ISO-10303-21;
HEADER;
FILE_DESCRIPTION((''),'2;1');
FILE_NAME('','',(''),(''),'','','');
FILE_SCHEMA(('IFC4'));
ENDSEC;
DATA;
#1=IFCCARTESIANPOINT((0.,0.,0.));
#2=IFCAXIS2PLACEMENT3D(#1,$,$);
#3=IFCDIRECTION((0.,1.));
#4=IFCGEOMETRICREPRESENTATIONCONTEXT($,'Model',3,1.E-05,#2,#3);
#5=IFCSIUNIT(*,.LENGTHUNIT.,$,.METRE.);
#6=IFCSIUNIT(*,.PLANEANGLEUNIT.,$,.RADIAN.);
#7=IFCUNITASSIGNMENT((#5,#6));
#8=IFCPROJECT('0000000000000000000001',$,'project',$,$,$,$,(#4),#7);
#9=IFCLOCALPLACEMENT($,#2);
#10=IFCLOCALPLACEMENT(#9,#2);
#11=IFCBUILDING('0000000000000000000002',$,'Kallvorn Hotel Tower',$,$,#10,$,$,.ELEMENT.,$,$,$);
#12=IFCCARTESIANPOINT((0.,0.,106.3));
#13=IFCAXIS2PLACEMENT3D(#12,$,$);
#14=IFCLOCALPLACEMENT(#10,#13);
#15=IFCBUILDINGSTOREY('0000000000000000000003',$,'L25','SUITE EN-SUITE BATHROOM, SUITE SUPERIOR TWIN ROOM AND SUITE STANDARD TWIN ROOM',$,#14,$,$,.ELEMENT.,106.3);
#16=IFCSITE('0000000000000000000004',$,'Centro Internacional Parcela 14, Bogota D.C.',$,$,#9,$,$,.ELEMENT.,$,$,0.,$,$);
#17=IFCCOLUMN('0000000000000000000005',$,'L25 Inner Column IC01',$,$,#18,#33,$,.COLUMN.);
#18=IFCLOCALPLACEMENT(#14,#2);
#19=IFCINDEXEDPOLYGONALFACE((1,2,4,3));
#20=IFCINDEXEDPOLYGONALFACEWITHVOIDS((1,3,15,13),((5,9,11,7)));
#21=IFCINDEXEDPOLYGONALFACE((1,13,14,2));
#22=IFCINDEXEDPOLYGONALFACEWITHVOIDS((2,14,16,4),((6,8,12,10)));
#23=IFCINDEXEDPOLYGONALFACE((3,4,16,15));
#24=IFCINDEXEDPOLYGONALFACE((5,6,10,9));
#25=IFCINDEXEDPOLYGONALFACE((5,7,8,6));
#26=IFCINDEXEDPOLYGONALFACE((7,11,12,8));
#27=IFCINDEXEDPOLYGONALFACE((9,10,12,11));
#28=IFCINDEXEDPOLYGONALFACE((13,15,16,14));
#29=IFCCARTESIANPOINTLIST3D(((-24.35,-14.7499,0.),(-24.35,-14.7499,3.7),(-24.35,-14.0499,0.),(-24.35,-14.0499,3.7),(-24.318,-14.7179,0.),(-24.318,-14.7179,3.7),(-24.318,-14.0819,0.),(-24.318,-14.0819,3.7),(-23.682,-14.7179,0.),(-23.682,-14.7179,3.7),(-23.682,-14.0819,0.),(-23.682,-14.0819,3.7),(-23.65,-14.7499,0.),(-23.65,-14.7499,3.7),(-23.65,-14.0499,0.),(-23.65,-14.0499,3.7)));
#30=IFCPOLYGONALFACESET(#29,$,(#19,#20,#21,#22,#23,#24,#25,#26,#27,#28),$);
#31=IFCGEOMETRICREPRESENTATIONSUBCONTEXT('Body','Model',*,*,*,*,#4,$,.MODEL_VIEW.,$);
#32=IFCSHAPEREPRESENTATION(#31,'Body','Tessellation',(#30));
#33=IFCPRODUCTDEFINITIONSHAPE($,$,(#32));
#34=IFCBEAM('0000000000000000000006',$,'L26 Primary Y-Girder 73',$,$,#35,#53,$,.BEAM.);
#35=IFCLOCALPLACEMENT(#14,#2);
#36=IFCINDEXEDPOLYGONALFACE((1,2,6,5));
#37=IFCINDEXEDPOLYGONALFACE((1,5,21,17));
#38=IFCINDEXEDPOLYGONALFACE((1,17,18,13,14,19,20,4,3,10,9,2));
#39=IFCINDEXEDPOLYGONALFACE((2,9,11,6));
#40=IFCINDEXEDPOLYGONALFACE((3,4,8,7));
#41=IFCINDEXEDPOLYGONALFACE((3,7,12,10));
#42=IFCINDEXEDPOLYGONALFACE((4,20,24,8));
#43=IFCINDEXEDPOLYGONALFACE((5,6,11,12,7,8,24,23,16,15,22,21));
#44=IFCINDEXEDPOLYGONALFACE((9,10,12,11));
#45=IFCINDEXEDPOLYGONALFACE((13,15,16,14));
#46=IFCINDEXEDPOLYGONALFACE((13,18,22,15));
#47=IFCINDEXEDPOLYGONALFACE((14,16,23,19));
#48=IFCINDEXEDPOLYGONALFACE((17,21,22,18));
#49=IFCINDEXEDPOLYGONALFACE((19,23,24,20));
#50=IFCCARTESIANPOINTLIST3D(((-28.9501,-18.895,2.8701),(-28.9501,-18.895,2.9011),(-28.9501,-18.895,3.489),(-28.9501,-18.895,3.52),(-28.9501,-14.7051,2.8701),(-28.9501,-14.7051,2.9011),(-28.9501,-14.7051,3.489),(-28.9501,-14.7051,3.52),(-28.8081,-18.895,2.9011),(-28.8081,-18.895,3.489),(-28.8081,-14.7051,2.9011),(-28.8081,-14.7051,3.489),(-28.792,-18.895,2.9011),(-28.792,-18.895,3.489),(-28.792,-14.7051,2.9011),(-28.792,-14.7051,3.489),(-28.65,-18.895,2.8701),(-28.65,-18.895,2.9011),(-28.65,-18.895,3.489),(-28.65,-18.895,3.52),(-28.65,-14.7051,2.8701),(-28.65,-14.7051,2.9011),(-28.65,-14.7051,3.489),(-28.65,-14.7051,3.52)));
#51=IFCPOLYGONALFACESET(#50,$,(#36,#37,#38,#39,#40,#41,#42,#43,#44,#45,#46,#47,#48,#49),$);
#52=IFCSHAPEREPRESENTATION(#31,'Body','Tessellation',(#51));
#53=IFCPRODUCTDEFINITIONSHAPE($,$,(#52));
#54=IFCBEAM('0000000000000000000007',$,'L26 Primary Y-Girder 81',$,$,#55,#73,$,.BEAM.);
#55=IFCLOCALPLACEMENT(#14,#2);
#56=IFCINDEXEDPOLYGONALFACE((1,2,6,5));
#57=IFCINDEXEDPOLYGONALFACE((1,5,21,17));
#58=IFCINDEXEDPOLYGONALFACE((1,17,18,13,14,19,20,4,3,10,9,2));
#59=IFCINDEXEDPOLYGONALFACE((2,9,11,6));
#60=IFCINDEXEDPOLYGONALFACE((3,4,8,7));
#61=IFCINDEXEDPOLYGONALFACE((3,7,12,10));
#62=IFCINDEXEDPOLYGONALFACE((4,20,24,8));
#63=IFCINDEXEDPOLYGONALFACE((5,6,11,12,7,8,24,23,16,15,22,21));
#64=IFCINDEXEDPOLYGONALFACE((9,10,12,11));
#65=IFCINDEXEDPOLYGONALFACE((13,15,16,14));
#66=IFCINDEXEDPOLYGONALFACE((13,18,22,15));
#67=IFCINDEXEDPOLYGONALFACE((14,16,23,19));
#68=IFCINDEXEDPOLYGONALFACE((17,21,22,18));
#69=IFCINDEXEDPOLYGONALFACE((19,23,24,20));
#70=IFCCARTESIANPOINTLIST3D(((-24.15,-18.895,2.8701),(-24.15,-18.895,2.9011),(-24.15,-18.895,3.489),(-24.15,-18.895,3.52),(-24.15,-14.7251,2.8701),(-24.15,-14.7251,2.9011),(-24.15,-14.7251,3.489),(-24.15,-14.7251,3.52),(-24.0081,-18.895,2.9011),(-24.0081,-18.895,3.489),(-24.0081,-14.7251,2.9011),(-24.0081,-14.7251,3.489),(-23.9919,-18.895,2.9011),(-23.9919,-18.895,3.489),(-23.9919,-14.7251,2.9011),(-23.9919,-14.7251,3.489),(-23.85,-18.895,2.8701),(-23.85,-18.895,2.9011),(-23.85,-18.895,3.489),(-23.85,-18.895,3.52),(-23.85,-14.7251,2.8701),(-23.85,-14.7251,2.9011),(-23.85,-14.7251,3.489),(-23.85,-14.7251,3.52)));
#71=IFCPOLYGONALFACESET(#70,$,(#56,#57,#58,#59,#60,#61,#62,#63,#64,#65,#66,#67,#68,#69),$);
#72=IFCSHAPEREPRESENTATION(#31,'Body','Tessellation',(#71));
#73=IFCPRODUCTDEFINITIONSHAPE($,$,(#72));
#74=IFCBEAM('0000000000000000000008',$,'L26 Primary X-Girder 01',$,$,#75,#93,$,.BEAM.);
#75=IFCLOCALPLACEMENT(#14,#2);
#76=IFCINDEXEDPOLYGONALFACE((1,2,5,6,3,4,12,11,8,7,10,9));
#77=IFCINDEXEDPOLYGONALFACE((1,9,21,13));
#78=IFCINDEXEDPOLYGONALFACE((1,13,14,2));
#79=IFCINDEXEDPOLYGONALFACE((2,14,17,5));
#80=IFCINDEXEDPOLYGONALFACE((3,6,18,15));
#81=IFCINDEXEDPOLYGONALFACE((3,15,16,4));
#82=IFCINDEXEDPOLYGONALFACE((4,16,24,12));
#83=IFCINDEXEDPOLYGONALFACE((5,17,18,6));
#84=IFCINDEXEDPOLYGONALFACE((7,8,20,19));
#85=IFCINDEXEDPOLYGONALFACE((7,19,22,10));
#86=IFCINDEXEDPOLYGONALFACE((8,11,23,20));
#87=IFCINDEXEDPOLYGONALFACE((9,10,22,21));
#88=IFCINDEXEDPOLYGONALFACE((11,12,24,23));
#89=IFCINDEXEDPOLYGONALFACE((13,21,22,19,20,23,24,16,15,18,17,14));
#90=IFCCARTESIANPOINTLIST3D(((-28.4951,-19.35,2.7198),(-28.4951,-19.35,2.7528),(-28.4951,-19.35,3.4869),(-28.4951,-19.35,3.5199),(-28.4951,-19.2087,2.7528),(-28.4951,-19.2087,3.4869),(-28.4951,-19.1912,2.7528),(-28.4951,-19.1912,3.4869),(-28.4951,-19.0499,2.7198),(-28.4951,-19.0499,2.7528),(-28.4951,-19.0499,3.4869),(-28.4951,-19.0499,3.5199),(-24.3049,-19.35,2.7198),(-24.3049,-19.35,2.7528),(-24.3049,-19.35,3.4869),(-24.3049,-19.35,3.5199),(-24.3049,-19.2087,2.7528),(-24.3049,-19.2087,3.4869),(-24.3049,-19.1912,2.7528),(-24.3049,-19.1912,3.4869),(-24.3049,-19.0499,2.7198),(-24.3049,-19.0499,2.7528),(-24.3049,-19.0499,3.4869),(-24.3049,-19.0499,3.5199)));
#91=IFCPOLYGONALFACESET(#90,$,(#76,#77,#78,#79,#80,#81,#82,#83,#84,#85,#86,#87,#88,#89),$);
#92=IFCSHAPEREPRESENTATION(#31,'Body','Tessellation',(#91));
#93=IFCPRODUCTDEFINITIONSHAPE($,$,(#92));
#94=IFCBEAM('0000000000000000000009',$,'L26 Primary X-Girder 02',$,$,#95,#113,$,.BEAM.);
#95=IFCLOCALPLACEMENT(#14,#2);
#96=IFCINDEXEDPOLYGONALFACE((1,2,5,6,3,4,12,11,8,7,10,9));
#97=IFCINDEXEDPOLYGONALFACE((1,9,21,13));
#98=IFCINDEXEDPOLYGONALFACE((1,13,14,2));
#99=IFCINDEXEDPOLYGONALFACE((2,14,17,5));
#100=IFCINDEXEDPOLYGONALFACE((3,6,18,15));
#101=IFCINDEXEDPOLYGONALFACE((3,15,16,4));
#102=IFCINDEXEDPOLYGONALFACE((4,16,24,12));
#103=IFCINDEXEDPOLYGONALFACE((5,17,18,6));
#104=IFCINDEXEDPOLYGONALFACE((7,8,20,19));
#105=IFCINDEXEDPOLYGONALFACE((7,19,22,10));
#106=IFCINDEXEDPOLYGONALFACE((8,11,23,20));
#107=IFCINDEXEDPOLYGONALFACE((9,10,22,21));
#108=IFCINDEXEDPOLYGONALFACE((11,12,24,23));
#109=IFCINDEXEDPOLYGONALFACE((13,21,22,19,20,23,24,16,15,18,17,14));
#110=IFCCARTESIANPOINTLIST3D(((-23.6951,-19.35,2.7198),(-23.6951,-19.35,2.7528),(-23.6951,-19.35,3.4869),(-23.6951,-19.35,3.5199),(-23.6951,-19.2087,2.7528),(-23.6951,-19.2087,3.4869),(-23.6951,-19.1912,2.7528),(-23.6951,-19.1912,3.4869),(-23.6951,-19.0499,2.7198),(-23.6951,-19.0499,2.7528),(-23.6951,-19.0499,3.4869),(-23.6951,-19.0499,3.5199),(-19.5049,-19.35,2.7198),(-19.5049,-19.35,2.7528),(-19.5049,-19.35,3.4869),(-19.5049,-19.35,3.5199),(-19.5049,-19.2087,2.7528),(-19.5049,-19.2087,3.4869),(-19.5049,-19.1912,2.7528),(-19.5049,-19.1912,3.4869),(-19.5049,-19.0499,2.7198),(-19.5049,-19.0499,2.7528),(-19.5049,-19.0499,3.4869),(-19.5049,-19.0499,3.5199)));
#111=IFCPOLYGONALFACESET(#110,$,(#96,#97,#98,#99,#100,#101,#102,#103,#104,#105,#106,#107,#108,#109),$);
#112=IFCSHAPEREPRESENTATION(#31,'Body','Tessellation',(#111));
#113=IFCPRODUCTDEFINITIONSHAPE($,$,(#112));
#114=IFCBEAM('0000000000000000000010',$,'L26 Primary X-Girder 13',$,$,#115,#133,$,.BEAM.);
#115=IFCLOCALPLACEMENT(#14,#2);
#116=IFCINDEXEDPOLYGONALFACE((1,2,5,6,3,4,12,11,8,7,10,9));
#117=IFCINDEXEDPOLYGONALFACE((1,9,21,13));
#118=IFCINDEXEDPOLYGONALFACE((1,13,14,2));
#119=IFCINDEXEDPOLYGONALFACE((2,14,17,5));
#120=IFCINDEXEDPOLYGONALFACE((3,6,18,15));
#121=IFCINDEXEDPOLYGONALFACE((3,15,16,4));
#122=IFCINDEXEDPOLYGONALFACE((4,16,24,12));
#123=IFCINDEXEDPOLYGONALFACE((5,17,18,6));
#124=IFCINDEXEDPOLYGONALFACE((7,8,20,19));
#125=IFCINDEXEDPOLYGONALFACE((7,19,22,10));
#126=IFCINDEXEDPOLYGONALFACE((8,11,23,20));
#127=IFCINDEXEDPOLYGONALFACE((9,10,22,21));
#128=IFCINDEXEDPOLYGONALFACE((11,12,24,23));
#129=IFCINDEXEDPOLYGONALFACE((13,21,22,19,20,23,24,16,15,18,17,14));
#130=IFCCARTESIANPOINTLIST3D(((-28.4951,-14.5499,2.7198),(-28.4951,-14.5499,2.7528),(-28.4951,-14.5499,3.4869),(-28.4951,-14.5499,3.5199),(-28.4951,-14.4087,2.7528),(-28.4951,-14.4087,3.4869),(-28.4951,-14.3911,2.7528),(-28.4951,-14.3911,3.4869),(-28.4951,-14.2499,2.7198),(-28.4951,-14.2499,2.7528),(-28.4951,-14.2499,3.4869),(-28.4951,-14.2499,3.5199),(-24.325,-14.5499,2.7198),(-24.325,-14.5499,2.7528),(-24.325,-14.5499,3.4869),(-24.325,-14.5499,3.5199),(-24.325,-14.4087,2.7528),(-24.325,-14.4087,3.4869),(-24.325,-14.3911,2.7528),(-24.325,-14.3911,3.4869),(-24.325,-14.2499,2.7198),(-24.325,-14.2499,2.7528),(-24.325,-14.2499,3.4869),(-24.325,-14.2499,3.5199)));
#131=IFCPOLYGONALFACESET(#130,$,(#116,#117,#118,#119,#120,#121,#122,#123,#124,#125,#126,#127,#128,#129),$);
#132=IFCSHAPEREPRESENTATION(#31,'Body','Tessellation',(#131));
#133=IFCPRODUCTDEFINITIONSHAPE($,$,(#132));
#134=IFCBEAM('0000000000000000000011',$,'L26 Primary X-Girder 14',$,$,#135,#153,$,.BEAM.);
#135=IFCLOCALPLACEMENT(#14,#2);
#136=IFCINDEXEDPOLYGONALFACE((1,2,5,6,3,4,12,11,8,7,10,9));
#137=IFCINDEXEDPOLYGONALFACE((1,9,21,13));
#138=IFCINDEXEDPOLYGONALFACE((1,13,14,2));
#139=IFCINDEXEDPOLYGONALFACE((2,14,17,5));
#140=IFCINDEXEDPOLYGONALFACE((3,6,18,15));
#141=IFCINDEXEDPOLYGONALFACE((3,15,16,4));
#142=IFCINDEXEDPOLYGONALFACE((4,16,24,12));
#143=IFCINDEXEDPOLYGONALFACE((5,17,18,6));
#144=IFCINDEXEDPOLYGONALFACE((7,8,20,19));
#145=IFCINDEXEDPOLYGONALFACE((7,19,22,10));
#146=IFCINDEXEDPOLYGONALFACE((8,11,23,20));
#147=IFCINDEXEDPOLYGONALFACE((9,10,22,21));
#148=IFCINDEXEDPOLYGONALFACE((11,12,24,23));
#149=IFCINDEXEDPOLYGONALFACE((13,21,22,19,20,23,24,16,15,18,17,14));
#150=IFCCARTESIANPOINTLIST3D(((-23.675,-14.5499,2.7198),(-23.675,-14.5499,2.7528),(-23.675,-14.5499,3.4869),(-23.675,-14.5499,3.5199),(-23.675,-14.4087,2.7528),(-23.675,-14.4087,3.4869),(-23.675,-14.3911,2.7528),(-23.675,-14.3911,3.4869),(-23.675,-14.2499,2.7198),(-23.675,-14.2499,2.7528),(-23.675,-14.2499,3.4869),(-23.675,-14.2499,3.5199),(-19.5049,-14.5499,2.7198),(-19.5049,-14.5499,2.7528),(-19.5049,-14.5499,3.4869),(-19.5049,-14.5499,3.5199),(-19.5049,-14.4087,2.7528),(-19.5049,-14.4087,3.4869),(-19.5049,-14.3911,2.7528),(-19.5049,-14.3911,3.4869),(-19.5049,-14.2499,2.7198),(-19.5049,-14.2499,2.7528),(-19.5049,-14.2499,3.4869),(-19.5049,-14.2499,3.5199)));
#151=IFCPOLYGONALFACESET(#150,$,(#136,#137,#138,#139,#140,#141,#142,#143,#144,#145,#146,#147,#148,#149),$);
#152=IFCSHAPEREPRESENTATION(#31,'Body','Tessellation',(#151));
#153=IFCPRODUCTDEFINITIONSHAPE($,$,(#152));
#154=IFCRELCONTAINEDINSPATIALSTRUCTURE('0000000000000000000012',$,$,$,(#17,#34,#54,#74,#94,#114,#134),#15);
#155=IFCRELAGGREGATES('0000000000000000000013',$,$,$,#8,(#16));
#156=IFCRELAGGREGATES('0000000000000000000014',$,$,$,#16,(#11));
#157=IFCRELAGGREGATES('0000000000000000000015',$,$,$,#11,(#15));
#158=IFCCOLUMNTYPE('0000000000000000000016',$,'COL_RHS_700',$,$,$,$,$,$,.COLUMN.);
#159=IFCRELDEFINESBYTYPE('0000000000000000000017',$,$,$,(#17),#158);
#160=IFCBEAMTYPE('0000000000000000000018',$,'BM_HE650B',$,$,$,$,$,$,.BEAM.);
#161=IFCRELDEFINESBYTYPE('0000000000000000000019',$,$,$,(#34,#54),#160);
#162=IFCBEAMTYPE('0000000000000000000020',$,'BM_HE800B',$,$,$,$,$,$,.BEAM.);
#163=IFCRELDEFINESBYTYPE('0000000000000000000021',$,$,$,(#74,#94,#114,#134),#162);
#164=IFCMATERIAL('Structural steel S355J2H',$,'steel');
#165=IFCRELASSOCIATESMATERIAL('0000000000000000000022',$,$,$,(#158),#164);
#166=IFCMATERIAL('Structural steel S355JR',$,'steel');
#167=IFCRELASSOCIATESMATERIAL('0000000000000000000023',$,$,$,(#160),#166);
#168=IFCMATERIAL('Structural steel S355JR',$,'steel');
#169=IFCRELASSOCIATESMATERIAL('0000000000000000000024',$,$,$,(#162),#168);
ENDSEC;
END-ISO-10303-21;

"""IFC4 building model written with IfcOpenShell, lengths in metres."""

from ifc_helpers import new_model, si_unit, direction, frame, origin, origin_2d, place, context, subcontext, project, spatial, hollow_rectangle, i_section, extrude, material, material_profile, profile_set, type_object, element, save


model = new_model("IFC4")

# Units and contexts
model_context = context("Model", 3, precision=1e-05, world=origin(), true_north=direction((0.0, 1.0)))
body_context = subcontext(model_context, "Body", "Model", "MODEL_VIEW")
ifc_project = project(units=[si_unit("LENGTHUNIT", "METRE"), si_unit("PLANEANGLEUNIT", "RADIAN")], contexts=[model_context])

# Site, building, storey
site_placement = place(None, origin())
site = spatial("IfcSite", under=ifc_project, at=site_placement, Name="Centro Internacional Parcela 14, Bogota D.C.", CompositionType="ELEMENT", RefElevation=0.0)
building_placement = place(site_placement, origin())
building = spatial("IfcBuilding", under=site, at=building_placement, Name="Kallvorn Hotel Tower", CompositionType="ELEMENT")
storey_placement = place(building_placement, frame((0.0, 0.0, 106.3)))
storey = spatial("IfcBuildingStorey", under=building, at=storey_placement, Name="L25", Description="SUITE EN-SUITE BATHROOM, SUITE SUPERIOR TWIN ROOM AND SUITE STANDARD TWIN ROOM", CompositionType="ELEMENT", Elevation=106.3)

# Column
ifc_material_1 = material(Name="Structural steel S355J2H", Category="steel")
ifc_material_profile_1 = material_profile(ifc_material_1, hollow_rectangle(XDim=0.7, YDim=0.7, WallThickness=0.032, at=origin_2d()), Name="RHS 700x700x32")
ifc_profile_set_1 = profile_set([ifc_material_profile_1], Name="Structural steel S355J2H")
column_type_1 = type_object("IfcColumnType", Name="COL_RHS_700", PredefinedType="COLUMN", material=ifc_profile_set_1)
column_placement = place(storey_placement, frame((-24.0, -14.3999, 0.0), z_axis=(0.0, 0.0, 1.0), x_axis=(1.0, 0.0, 0.0)))
element("IfcColumn", 1, at=column_placement, inside=storey, type_object=column_type_1, Name="L25 Inner Column IC01", PredefinedType="COLUMN", context=body_context, shape_type="SweptSolid", body=[
    extrude(hollow_rectangle(XDim=0.7, YDim=0.7, WallThickness=0.032, at=origin_2d()), origin(), (0.0, 0.0, 1.0), 3.7),
])

# Beams
ifc_material_2 = material(Name="Structural steel S355JR", Category="steel")
ifc_material_profile_2 = material_profile(ifc_material_2, i_section(OverallWidth=0.3, OverallDepth=0.6499, WebThickness=0.0161, FlangeThickness=0.031, at=origin_2d()), Name="HE 650 B")
ifc_profile_set_2 = profile_set([ifc_material_profile_2], Name="Structural steel S355JR")
beam_type_1 = type_object("IfcBeamType", Name="BM_HE650B", PredefinedType="BEAM", material=ifc_profile_set_2)
beam_1_placement = place(storey_placement, frame((-28.8, -18.895, 3.1951), z_axis=(0.0, 1.0, 0.0), x_axis=(-1.0, 0.0, 0.0)))
element("IfcBeam", 2, at=beam_1_placement, inside=storey, type_object=beam_type_1, Name="L26 Primary Y-Girder 73", PredefinedType="BEAM", context=body_context, shape_type="SweptSolid", body=[
    extrude(i_section(OverallWidth=0.3, OverallDepth=0.6499, WebThickness=0.0161, FlangeThickness=0.031, at=origin_2d()), origin(), (0.0, 0.0, 1.0), 4.1899),
])
beam_2_placement = place(storey_placement, frame((-24.0, -18.895, 3.1951), z_axis=(0.0, 1.0, 0.0), x_axis=(-1.0, 0.0, 0.0)))
element("IfcBeam", 3, at=beam_2_placement, inside=storey, type_object=beam_type_1, Name="L26 Primary Y-Girder 81", PredefinedType="BEAM", context=body_context, shape_type="SweptSolid", body=[
    extrude(i_section(OverallWidth=0.3, OverallDepth=0.6499, WebThickness=0.0161, FlangeThickness=0.031, at=origin_2d()), origin(), (0.0, 0.0, 1.0), 4.1699),
])
ifc_material_3 = material(Name="Structural steel S355JR", Category="steel")
ifc_material_profile_3 = material_profile(ifc_material_3, i_section(OverallWidth=0.3, OverallDepth=0.8, WebThickness=0.0176, FlangeThickness=0.033, at=origin_2d()), Name="HE 800 B")
ifc_profile_set_3 = profile_set([ifc_material_profile_3], Name="Structural steel S355JR")
beam_type_2 = type_object("IfcBeamType", Name="BM_HE800B", PredefinedType="BEAM", material=ifc_profile_set_3)
for number, where, z_axis, x_axis, name in (
    (4, (-28.4951, -19.2, 3.1199), (1.0, 0.0, 0.0), (0.0, 1.0, 0.0), "L26 Primary X-Girder 01"),
    (5, (-23.6951, -19.2, 3.1199), (1.0, 0.0, 0.0), (0.0, 1.0, 0.0), "L26 Primary X-Girder 02"),
):
    element("IfcBeam", number, at=place(storey_placement, frame(where, z_axis=z_axis, x_axis=x_axis)), inside=storey, type_object=beam_type_2, Name=name, PredefinedType="BEAM", context=body_context, shape_type="SweptSolid", body=[
        extrude(i_section(OverallWidth=0.3, OverallDepth=0.8, WebThickness=0.0176, FlangeThickness=0.033, at=origin_2d()), origin(), (0.0, 0.0, 1.0), 4.1902),
    ])
for number, where, z_axis, x_axis, name in (
    (6, (-28.4951, -14.3999, 3.1199), (1.0, 0.0, 0.0), (0.0, 1.0, 0.0), "L26 Primary X-Girder 13"),
    (7, (-23.675, -14.3999, 3.1199), (1.0, 0.0, 0.0), (0.0, 1.0, 0.0), "L26 Primary X-Girder 14"),
):
    element("IfcBeam", number, at=place(storey_placement, frame(where, z_axis=z_axis, x_axis=x_axis)), inside=storey, type_object=beam_type_2, Name=name, PredefinedType="BEAM", context=body_context, shape_type="SweptSolid", body=[
        extrude(i_section(OverallWidth=0.3, OverallDepth=0.8, WebThickness=0.0176, FlangeThickness=0.033, at=origin_2d()), origin(), (0.0, 0.0, 1.0), 4.1702),
    ])

save(model, "model.ifc")
